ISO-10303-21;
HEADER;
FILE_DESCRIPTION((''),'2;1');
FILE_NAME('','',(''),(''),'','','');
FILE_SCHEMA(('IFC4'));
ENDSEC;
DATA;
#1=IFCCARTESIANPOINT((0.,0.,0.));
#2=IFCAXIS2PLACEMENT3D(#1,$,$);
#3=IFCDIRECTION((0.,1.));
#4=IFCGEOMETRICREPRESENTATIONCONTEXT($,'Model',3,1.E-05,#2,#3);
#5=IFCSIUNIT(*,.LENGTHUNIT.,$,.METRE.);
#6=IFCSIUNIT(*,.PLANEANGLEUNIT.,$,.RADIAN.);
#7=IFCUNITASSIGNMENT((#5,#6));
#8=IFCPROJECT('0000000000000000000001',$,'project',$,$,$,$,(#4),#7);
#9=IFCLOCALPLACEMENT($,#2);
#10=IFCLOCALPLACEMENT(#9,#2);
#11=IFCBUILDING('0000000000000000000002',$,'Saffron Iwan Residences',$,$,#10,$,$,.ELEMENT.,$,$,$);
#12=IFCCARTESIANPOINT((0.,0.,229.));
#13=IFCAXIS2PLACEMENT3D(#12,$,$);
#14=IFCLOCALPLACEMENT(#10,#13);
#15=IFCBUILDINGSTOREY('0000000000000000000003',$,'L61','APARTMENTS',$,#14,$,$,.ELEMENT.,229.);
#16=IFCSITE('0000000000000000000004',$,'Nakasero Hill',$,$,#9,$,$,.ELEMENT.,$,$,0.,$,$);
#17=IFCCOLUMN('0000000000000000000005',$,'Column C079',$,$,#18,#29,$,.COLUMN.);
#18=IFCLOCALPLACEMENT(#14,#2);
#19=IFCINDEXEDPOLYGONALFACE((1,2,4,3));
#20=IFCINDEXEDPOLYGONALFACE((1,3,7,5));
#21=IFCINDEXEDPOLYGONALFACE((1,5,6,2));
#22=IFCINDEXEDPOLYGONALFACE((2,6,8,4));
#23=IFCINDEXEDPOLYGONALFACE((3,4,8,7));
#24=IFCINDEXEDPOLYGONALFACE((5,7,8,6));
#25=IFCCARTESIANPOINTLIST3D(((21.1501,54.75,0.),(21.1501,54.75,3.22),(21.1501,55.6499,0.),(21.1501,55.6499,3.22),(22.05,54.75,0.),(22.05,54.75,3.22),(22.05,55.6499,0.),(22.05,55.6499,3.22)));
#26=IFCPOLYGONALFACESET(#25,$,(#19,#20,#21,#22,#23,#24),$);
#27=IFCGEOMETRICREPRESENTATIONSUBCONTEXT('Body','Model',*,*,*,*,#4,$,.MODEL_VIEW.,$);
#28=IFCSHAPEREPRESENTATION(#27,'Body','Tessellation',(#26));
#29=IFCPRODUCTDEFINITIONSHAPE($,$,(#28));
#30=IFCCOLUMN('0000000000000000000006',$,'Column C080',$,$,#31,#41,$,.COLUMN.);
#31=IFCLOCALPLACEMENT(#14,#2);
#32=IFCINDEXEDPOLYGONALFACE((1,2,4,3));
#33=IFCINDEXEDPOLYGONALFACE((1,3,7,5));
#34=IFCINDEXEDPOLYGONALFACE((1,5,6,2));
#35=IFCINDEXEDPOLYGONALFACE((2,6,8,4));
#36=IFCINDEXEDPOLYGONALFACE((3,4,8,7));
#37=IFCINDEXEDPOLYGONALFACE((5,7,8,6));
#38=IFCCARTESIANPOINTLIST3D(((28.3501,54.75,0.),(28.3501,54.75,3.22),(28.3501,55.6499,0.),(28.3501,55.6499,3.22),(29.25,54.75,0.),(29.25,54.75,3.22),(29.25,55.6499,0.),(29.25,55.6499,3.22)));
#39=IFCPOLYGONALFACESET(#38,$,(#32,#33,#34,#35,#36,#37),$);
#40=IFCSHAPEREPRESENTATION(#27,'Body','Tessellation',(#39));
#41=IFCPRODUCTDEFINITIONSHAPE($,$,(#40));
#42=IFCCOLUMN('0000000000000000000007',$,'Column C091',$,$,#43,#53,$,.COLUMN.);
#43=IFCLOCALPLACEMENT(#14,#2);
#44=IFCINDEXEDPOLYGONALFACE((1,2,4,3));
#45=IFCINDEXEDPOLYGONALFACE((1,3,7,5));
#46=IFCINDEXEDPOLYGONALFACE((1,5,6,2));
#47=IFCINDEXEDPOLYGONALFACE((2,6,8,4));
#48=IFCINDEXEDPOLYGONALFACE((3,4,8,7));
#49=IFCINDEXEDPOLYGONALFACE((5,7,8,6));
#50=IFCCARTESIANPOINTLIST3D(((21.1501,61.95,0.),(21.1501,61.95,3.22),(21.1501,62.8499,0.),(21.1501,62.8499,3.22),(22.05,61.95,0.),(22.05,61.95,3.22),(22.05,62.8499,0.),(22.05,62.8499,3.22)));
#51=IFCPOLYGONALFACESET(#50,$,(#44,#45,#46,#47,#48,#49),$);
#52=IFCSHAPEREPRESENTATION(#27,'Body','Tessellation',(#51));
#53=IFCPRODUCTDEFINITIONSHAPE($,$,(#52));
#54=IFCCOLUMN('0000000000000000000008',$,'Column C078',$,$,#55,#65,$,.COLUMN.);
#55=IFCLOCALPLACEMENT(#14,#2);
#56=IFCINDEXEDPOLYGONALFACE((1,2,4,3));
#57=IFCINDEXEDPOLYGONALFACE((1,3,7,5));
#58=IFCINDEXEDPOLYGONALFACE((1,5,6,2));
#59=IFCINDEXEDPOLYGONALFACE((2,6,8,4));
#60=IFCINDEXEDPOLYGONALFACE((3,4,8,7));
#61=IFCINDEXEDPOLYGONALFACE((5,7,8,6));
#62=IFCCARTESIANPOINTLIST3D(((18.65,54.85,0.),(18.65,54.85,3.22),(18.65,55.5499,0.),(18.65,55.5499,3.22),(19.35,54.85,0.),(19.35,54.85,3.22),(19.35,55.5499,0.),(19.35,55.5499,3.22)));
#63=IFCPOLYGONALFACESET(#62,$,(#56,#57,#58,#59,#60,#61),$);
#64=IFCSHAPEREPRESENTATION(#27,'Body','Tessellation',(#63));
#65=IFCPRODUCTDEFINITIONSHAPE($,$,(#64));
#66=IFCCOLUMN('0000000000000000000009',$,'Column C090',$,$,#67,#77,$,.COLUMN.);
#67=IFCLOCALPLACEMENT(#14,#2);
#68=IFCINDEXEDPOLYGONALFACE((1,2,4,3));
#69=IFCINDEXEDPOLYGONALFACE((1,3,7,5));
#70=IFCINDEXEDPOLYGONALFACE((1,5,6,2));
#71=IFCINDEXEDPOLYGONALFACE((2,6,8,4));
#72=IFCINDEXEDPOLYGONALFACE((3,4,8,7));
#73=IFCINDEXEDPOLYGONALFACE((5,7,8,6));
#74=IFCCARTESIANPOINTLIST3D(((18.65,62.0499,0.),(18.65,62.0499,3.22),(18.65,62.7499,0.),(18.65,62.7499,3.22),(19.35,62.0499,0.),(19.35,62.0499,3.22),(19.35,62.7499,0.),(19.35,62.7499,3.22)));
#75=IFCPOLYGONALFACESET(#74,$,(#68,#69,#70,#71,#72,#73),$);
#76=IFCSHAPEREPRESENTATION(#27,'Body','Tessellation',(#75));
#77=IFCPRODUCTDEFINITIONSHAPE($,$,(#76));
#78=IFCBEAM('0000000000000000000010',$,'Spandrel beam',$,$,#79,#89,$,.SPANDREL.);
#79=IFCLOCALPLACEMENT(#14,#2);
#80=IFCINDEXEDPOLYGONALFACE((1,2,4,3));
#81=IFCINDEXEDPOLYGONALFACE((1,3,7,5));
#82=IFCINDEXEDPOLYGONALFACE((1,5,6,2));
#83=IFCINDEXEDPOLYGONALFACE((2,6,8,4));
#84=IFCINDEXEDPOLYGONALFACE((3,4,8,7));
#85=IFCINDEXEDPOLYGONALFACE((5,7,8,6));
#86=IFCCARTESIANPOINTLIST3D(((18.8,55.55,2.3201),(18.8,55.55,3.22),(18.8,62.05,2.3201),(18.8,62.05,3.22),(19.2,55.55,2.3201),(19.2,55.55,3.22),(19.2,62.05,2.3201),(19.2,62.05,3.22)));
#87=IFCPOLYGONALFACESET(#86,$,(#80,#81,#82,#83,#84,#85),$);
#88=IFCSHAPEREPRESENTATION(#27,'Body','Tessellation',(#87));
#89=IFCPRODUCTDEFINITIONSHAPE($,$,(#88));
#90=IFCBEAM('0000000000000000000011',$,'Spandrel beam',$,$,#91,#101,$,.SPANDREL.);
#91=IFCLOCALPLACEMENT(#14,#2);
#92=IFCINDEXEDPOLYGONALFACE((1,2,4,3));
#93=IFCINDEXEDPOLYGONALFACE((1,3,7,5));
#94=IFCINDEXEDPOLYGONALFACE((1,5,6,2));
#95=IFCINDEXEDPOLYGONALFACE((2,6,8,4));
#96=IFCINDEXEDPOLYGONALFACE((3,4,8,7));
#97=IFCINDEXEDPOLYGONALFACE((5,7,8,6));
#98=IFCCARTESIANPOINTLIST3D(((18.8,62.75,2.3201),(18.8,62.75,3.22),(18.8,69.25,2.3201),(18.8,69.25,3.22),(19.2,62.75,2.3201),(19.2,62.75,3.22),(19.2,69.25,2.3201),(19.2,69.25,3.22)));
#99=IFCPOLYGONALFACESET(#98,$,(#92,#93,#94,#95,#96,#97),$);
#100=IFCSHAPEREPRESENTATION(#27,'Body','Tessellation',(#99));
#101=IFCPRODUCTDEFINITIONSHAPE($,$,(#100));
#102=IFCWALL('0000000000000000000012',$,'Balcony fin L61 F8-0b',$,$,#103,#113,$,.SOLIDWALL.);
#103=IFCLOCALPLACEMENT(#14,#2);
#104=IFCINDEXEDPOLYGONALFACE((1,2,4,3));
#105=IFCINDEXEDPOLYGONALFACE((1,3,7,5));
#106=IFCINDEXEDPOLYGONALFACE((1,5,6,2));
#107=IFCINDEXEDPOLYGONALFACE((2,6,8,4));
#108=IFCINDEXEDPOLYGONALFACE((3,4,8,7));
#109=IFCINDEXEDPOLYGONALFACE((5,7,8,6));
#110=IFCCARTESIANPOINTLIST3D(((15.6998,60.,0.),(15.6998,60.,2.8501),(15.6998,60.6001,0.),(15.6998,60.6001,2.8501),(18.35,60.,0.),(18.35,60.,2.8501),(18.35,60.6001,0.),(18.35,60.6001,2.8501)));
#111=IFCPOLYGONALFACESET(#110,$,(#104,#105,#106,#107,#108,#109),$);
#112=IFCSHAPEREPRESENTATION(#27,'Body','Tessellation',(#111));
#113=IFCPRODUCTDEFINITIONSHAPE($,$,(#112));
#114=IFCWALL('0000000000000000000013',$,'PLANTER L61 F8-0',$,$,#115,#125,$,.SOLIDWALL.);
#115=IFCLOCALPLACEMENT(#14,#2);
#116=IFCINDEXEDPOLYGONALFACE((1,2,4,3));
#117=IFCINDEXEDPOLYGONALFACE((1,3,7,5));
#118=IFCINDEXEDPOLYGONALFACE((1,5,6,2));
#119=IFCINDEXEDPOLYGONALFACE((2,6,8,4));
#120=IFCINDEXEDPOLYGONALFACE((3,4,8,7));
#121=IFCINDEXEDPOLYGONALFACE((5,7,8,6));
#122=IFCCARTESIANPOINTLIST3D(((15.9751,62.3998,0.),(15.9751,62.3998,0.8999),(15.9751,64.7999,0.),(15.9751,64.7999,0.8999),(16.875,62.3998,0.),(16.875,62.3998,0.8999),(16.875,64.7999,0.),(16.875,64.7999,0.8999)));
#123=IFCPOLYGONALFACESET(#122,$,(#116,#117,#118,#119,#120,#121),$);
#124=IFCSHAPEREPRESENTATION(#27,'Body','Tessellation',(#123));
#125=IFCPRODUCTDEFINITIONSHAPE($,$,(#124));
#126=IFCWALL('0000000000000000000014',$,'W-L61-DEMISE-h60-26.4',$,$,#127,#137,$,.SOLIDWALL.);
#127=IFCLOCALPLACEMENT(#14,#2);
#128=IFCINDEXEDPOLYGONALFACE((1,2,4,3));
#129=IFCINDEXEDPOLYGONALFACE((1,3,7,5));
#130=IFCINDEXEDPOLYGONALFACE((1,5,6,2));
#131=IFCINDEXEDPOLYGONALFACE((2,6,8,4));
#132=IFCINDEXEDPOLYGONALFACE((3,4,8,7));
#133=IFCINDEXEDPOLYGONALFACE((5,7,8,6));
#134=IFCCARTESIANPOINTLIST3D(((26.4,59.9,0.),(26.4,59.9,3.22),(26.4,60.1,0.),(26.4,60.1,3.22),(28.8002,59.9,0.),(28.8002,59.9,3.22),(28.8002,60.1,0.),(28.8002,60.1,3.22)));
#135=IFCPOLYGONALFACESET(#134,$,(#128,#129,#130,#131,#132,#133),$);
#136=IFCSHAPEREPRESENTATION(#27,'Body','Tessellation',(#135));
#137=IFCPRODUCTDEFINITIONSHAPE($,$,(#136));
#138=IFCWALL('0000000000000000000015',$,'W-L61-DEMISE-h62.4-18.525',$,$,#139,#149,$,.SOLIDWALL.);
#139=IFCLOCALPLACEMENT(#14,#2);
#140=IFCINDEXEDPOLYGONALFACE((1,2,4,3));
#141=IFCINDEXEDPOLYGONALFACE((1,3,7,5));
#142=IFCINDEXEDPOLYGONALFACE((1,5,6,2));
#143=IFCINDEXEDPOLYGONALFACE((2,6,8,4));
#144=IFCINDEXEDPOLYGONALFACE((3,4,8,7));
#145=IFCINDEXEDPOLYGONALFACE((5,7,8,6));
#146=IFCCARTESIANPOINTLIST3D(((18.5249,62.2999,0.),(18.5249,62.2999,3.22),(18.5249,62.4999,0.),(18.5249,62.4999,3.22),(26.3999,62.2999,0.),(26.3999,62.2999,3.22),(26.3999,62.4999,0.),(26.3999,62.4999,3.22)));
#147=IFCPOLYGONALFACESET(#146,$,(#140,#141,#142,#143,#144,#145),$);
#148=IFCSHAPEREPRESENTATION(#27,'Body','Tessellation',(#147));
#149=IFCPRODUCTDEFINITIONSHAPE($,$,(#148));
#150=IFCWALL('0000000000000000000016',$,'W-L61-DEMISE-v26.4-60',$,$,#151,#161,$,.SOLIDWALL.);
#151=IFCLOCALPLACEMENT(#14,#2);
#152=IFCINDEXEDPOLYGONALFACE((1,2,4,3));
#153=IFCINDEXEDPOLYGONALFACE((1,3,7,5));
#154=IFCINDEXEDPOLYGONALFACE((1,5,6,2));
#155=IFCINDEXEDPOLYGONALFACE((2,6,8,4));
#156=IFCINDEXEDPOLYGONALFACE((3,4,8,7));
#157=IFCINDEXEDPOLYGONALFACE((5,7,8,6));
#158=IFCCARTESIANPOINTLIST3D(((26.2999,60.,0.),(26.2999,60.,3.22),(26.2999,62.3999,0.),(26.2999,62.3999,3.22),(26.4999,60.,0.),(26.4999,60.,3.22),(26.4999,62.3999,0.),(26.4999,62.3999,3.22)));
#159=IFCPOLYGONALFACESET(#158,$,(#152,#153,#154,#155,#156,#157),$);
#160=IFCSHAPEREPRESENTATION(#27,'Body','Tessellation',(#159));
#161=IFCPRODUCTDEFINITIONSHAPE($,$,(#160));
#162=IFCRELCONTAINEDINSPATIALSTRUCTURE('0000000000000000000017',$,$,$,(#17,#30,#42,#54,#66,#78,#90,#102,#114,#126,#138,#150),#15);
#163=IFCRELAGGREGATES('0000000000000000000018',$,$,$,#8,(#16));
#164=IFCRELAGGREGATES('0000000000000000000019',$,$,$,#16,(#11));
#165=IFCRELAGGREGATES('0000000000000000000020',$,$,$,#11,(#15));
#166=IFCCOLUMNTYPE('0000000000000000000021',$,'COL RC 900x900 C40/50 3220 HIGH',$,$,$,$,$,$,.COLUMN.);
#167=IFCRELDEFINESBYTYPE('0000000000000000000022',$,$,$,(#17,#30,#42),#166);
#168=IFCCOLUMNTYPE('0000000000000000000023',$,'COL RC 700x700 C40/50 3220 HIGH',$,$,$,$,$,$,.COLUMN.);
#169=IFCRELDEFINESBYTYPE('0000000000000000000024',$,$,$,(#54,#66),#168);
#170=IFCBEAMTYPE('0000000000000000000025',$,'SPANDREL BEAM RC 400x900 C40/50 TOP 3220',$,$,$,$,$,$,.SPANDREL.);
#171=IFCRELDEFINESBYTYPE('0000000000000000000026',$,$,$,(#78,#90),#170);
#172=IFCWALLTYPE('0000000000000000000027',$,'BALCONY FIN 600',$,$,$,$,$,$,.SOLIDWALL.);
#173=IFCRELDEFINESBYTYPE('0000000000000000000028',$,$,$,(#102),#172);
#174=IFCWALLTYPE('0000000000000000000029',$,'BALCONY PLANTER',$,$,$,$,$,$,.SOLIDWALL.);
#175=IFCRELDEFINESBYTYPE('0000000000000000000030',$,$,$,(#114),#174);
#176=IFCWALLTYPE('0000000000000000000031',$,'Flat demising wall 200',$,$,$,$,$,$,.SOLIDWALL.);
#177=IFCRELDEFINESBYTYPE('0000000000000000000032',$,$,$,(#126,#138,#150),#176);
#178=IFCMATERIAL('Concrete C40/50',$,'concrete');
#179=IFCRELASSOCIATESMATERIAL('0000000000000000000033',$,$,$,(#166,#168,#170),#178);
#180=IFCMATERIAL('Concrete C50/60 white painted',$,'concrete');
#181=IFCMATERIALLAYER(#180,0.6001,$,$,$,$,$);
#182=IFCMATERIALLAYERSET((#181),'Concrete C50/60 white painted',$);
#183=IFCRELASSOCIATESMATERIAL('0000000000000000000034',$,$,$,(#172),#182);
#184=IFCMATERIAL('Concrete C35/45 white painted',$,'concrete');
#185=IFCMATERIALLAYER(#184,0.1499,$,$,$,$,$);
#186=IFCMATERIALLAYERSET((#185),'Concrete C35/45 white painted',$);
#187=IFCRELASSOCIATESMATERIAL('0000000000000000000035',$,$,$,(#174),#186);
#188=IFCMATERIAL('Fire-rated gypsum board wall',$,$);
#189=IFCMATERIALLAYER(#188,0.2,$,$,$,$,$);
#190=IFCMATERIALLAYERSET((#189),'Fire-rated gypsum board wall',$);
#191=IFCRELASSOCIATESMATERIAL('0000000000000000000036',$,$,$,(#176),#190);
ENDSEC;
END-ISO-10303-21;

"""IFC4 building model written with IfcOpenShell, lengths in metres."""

from ifc_helpers import new_model, si_unit, direction, frame, frame_2d, origin, origin_2d, place, context, subcontext, project, spatial, rectangle, extrude, source, transform, mapped, material, layer, layer_set, material_profile, profile_set, type_object, element, save


model = new_model("IFC4")

# Units and contexts
model_context = context("Model", 3, precision=1e-05, world=origin(), true_north=direction((0.0, 1.0)))
body_context = subcontext(model_context, "Body", "Model", "MODEL_VIEW")
ifc_project = project(units=[si_unit("LENGTHUNIT", "METRE"), si_unit("PLANEANGLEUNIT", "RADIAN")], contexts=[model_context])

# Site, building, storey
site_placement = place(None, origin())
site = spatial("IfcSite", under=ifc_project, at=site_placement, Name="Nakasero Hill", CompositionType="ELEMENT", RefElevation=0.0)
building_placement = place(site_placement, origin())
building = spatial("IfcBuilding", under=site, at=building_placement, Name="Saffron Iwan Residences", CompositionType="ELEMENT")
storey_placement = place(building_placement, frame((0.0, 0.0, 229.0)))
storey = spatial("IfcBuildingStorey", under=building, at=storey_placement, Name="L61", Description="APARTMENTS", CompositionType="ELEMENT", Elevation=229.0)

# Columns
ifc_material_1 = material(Name="Concrete C40/50", Category="concrete")
ifc_material_profile_1 = material_profile(ifc_material_1, rectangle(XDim=0.8999, YDim=0.8999, at=origin_2d()), Name="RC 900x900")
ifc_profile_set_1 = profile_set([ifc_material_profile_1], Name="Concrete C40/50")
column_type_1 = type_object("IfcColumnType", Name="COL RC 900x900 C40/50 3220 HIGH", PredefinedType="COLUMN", material=ifc_profile_set_1)
shared_shape_1 = source(origin(), body_context, "Body", "SweptSolid", [
    extrude(rectangle(XDim=0.8999, YDim=0.8999, at=origin_2d()), origin(), (0.0, 0.0, 1.0), 3.22),
])
for number, where, z_axis, x_axis, name in (
    (1, (21.6001, 55.2, 0.0), (0.0, 0.0, 1.0), (1.0, 0.0, 0.0), "Column C079"),
    (2, (28.8, 55.2, 0.0), (0.0, 0.0, 1.0), (1.0, 0.0, 0.0), "Column C080"),
    (3, (21.6001, 62.3999, 0.0), (0.0, 0.0, 1.0), (1.0, 0.0, 0.0), "Column C091"),
):
    element("IfcColumn", number, at=place(storey_placement, frame(where, z_axis=z_axis, x_axis=x_axis)), inside=storey, type_object=column_type_1, Name=name, PredefinedType="COLUMN", context=body_context, shape_type="MappedRepresentation", body=[
        mapped(shared_shape_1, transform((0.0, 0.0, 0.0))),
    ])
ifc_material_profile_2 = material_profile(ifc_material_1, rectangle(XDim=0.7, YDim=0.7, at=origin_2d()), Name="RC 700x700")
ifc_profile_set_2 = profile_set([ifc_material_profile_2], Name="Concrete C40/50")
column_type_2 = type_object("IfcColumnType", Name="COL RC 700x700 C40/50 3220 HIGH", PredefinedType="COLUMN", material=ifc_profile_set_2)
shared_shape_2 = source(origin(), body_context, "Body", "SweptSolid", [
    extrude(rectangle(XDim=0.7, YDim=0.7, at=origin_2d()), origin(), (0.0, 0.0, 1.0), 3.22),
])
for number, where, z_axis, x_axis, name in (
    (4, (19.0, 55.2, 0.0), (0.0, 0.0, 1.0), (1.0, 0.0, 0.0), "Column C078"),
    (5, (19.0, 62.3999, 0.0), (0.0, 0.0, 1.0), (1.0, 0.0, 0.0), "Column C090"),
):
    element("IfcColumn", number, at=place(storey_placement, frame(where, z_axis=z_axis, x_axis=x_axis)), inside=storey, type_object=column_type_2, Name=name, PredefinedType="COLUMN", context=body_context, shape_type="MappedRepresentation", body=[
        mapped(shared_shape_2, transform((0.0, 0.0, 0.0))),
    ])

# Beams
ifc_material_profile_3 = material_profile(ifc_material_1, rectangle(XDim=0.3999, YDim=0.8999, at=origin_2d()), Name="RC 400x900")
ifc_profile_set_3 = profile_set([ifc_material_profile_3], Name="Concrete C40/50")
beam_type = type_object("IfcBeamType", Name="SPANDREL BEAM RC 400x900 C40/50 TOP 3220", PredefinedType="SPANDREL", material=ifc_profile_set_3)
shared_shape_3 = source(origin(), body_context, "Body", "SweptSolid", [
    extrude(rectangle(XDim=0.3999, YDim=0.8999, at=origin_2d()), origin(), (0.0, 0.0, 1.0), 6.5),
])
for number, where, z_axis, x_axis, name in (
    (6, (19.0, 55.55, 2.77), (0.0, 1.0, 0.0), (-1.0, 0.0, 0.0), "Spandrel beam"),
    (7, (19.0, 62.75, 2.77), (0.0, 1.0, 0.0), (-1.0, 0.0, 0.0), "Spandrel beam"),
):
    element("IfcBeam", number, at=place(storey_placement, frame(where, z_axis=z_axis, x_axis=x_axis)), inside=storey, type_object=beam_type, Name=name, PredefinedType="SPANDREL", context=body_context, shape_type="MappedRepresentation", body=[
        mapped(shared_shape_3, transform((0.0, 0.0, 0.0))),
    ])

# Walls
ifc_material_2 = material(Name="Concrete C50/60 white painted", Category="concrete")
ifc_layer_1 = layer(ifc_material_2, 0.6001)
ifc_layer_set_1 = layer_set([ifc_layer_1], Name="Concrete C50/60 white painted")
wall_type_1 = type_object("IfcWallType", Name="BALCONY FIN 600", PredefinedType="SOLIDWALL", material=ifc_layer_set_1)
wall_1_placement = place(storey_placement, frame((18.3501, 60.3, 0.0), z_axis=(0.0, 0.0, 1.0), x_axis=(-1.0, 0.0, 0.0)))
element("IfcWall", 8, at=wall_1_placement, inside=storey, type_object=wall_type_1, Name="Balcony fin L61 F8-0b", PredefinedType="SOLIDWALL", context=body_context, shape_type="SweptSolid", body=[
    extrude(rectangle(XDim=2.6501, YDim=0.6001, at=frame_2d((1.3252, 0.0))), origin(), (0.0, 0.0, 1.0), 2.8501),
])
ifc_material_3 = material(Name="Concrete C35/45 white painted", Category="concrete")
ifc_layer_2 = layer(ifc_material_3, 0.1499)
ifc_layer_set_2 = layer_set([ifc_layer_2], Name="Concrete C35/45 white painted")
wall_type_2 = type_object("IfcWallType", Name="BALCONY PLANTER", PredefinedType="SOLIDWALL", material=ifc_layer_set_2)
wall_2_placement = place(storey_placement, frame((16.425, 64.8, 0.0), z_axis=(0.0, 0.0, 1.0), x_axis=(0.0, -1.0, 0.0)))
element("IfcWall", 9, at=wall_2_placement, inside=storey, type_object=wall_type_2, Name="PLANTER L61 F8-0", PredefinedType="SOLIDWALL", context=body_context, shape_type="SweptSolid", body=[
    extrude(rectangle(XDim=2.4001, YDim=0.8999, at=frame_2d((1.2002, 0.0))), origin(), (0.0, 0.0, 1.0), 0.8999),
])
ifc_material_4 = material(Name="Fire-rated gypsum board wall")
ifc_layer_3 = layer(ifc_material_4, 0.2)
ifc_layer_set_3 = layer_set([ifc_layer_3], Name="Fire-rated gypsum board wall")
wall_type_3 = type_object("IfcWallType", Name="Flat demising wall 200", PredefinedType="SOLIDWALL", material=ifc_layer_set_3)
wall_3_placement = place(storey_placement, frame((26.3999, 60.0, 0.0), z_axis=(0.0, 0.0, 1.0), x_axis=(1.0, 0.0, 0.0)))
element("IfcWall", 10, at=wall_3_placement, inside=storey, type_object=wall_type_3, Name="W-L61-DEMISE-h60-26.4", PredefinedType="SOLIDWALL", context=body_context, shape_type="SweptSolid", body=[
    extrude(rectangle(XDim=2.4001, YDim=0.2, at=frame_2d((1.2002, 0.0))), origin(), (0.0, 0.0, 1.0), 3.22),
])
wall_4_placement = place(storey_placement, frame((18.5249, 62.3999, 0.0), z_axis=(0.0, 0.0, 1.0), x_axis=(1.0, 0.0, 0.0)))
element("IfcWall", 11, at=wall_4_placement, inside=storey, type_object=wall_type_3, Name="W-L61-DEMISE-h62.4-18.525", PredefinedType="SOLIDWALL", context=body_context, shape_type="SweptSolid", body=[
    extrude(rectangle(XDim=7.875, YDim=0.2, at=frame_2d((3.9375, 0.0))), origin(), (0.0, 0.0, 1.0), 3.22),
])
wall_5_placement = place(storey_placement, frame((26.3999, 60.0, 0.0), z_axis=(0.0, 0.0, 1.0), x_axis=(0.0, 1.0, 0.0)))
element("IfcWall", 12, at=wall_5_placement, inside=storey, type_object=wall_type_3, Name="W-L61-DEMISE-v26.4-60", PredefinedType="SOLIDWALL", context=body_context, shape_type="SweptSolid", body=[
    extrude(rectangle(XDim=2.3999, YDim=0.2, at=frame_2d((1.2, 0.0))), origin(), (0.0, 0.0, 1.0), 3.22),
])

save(model, "model.ifc")
